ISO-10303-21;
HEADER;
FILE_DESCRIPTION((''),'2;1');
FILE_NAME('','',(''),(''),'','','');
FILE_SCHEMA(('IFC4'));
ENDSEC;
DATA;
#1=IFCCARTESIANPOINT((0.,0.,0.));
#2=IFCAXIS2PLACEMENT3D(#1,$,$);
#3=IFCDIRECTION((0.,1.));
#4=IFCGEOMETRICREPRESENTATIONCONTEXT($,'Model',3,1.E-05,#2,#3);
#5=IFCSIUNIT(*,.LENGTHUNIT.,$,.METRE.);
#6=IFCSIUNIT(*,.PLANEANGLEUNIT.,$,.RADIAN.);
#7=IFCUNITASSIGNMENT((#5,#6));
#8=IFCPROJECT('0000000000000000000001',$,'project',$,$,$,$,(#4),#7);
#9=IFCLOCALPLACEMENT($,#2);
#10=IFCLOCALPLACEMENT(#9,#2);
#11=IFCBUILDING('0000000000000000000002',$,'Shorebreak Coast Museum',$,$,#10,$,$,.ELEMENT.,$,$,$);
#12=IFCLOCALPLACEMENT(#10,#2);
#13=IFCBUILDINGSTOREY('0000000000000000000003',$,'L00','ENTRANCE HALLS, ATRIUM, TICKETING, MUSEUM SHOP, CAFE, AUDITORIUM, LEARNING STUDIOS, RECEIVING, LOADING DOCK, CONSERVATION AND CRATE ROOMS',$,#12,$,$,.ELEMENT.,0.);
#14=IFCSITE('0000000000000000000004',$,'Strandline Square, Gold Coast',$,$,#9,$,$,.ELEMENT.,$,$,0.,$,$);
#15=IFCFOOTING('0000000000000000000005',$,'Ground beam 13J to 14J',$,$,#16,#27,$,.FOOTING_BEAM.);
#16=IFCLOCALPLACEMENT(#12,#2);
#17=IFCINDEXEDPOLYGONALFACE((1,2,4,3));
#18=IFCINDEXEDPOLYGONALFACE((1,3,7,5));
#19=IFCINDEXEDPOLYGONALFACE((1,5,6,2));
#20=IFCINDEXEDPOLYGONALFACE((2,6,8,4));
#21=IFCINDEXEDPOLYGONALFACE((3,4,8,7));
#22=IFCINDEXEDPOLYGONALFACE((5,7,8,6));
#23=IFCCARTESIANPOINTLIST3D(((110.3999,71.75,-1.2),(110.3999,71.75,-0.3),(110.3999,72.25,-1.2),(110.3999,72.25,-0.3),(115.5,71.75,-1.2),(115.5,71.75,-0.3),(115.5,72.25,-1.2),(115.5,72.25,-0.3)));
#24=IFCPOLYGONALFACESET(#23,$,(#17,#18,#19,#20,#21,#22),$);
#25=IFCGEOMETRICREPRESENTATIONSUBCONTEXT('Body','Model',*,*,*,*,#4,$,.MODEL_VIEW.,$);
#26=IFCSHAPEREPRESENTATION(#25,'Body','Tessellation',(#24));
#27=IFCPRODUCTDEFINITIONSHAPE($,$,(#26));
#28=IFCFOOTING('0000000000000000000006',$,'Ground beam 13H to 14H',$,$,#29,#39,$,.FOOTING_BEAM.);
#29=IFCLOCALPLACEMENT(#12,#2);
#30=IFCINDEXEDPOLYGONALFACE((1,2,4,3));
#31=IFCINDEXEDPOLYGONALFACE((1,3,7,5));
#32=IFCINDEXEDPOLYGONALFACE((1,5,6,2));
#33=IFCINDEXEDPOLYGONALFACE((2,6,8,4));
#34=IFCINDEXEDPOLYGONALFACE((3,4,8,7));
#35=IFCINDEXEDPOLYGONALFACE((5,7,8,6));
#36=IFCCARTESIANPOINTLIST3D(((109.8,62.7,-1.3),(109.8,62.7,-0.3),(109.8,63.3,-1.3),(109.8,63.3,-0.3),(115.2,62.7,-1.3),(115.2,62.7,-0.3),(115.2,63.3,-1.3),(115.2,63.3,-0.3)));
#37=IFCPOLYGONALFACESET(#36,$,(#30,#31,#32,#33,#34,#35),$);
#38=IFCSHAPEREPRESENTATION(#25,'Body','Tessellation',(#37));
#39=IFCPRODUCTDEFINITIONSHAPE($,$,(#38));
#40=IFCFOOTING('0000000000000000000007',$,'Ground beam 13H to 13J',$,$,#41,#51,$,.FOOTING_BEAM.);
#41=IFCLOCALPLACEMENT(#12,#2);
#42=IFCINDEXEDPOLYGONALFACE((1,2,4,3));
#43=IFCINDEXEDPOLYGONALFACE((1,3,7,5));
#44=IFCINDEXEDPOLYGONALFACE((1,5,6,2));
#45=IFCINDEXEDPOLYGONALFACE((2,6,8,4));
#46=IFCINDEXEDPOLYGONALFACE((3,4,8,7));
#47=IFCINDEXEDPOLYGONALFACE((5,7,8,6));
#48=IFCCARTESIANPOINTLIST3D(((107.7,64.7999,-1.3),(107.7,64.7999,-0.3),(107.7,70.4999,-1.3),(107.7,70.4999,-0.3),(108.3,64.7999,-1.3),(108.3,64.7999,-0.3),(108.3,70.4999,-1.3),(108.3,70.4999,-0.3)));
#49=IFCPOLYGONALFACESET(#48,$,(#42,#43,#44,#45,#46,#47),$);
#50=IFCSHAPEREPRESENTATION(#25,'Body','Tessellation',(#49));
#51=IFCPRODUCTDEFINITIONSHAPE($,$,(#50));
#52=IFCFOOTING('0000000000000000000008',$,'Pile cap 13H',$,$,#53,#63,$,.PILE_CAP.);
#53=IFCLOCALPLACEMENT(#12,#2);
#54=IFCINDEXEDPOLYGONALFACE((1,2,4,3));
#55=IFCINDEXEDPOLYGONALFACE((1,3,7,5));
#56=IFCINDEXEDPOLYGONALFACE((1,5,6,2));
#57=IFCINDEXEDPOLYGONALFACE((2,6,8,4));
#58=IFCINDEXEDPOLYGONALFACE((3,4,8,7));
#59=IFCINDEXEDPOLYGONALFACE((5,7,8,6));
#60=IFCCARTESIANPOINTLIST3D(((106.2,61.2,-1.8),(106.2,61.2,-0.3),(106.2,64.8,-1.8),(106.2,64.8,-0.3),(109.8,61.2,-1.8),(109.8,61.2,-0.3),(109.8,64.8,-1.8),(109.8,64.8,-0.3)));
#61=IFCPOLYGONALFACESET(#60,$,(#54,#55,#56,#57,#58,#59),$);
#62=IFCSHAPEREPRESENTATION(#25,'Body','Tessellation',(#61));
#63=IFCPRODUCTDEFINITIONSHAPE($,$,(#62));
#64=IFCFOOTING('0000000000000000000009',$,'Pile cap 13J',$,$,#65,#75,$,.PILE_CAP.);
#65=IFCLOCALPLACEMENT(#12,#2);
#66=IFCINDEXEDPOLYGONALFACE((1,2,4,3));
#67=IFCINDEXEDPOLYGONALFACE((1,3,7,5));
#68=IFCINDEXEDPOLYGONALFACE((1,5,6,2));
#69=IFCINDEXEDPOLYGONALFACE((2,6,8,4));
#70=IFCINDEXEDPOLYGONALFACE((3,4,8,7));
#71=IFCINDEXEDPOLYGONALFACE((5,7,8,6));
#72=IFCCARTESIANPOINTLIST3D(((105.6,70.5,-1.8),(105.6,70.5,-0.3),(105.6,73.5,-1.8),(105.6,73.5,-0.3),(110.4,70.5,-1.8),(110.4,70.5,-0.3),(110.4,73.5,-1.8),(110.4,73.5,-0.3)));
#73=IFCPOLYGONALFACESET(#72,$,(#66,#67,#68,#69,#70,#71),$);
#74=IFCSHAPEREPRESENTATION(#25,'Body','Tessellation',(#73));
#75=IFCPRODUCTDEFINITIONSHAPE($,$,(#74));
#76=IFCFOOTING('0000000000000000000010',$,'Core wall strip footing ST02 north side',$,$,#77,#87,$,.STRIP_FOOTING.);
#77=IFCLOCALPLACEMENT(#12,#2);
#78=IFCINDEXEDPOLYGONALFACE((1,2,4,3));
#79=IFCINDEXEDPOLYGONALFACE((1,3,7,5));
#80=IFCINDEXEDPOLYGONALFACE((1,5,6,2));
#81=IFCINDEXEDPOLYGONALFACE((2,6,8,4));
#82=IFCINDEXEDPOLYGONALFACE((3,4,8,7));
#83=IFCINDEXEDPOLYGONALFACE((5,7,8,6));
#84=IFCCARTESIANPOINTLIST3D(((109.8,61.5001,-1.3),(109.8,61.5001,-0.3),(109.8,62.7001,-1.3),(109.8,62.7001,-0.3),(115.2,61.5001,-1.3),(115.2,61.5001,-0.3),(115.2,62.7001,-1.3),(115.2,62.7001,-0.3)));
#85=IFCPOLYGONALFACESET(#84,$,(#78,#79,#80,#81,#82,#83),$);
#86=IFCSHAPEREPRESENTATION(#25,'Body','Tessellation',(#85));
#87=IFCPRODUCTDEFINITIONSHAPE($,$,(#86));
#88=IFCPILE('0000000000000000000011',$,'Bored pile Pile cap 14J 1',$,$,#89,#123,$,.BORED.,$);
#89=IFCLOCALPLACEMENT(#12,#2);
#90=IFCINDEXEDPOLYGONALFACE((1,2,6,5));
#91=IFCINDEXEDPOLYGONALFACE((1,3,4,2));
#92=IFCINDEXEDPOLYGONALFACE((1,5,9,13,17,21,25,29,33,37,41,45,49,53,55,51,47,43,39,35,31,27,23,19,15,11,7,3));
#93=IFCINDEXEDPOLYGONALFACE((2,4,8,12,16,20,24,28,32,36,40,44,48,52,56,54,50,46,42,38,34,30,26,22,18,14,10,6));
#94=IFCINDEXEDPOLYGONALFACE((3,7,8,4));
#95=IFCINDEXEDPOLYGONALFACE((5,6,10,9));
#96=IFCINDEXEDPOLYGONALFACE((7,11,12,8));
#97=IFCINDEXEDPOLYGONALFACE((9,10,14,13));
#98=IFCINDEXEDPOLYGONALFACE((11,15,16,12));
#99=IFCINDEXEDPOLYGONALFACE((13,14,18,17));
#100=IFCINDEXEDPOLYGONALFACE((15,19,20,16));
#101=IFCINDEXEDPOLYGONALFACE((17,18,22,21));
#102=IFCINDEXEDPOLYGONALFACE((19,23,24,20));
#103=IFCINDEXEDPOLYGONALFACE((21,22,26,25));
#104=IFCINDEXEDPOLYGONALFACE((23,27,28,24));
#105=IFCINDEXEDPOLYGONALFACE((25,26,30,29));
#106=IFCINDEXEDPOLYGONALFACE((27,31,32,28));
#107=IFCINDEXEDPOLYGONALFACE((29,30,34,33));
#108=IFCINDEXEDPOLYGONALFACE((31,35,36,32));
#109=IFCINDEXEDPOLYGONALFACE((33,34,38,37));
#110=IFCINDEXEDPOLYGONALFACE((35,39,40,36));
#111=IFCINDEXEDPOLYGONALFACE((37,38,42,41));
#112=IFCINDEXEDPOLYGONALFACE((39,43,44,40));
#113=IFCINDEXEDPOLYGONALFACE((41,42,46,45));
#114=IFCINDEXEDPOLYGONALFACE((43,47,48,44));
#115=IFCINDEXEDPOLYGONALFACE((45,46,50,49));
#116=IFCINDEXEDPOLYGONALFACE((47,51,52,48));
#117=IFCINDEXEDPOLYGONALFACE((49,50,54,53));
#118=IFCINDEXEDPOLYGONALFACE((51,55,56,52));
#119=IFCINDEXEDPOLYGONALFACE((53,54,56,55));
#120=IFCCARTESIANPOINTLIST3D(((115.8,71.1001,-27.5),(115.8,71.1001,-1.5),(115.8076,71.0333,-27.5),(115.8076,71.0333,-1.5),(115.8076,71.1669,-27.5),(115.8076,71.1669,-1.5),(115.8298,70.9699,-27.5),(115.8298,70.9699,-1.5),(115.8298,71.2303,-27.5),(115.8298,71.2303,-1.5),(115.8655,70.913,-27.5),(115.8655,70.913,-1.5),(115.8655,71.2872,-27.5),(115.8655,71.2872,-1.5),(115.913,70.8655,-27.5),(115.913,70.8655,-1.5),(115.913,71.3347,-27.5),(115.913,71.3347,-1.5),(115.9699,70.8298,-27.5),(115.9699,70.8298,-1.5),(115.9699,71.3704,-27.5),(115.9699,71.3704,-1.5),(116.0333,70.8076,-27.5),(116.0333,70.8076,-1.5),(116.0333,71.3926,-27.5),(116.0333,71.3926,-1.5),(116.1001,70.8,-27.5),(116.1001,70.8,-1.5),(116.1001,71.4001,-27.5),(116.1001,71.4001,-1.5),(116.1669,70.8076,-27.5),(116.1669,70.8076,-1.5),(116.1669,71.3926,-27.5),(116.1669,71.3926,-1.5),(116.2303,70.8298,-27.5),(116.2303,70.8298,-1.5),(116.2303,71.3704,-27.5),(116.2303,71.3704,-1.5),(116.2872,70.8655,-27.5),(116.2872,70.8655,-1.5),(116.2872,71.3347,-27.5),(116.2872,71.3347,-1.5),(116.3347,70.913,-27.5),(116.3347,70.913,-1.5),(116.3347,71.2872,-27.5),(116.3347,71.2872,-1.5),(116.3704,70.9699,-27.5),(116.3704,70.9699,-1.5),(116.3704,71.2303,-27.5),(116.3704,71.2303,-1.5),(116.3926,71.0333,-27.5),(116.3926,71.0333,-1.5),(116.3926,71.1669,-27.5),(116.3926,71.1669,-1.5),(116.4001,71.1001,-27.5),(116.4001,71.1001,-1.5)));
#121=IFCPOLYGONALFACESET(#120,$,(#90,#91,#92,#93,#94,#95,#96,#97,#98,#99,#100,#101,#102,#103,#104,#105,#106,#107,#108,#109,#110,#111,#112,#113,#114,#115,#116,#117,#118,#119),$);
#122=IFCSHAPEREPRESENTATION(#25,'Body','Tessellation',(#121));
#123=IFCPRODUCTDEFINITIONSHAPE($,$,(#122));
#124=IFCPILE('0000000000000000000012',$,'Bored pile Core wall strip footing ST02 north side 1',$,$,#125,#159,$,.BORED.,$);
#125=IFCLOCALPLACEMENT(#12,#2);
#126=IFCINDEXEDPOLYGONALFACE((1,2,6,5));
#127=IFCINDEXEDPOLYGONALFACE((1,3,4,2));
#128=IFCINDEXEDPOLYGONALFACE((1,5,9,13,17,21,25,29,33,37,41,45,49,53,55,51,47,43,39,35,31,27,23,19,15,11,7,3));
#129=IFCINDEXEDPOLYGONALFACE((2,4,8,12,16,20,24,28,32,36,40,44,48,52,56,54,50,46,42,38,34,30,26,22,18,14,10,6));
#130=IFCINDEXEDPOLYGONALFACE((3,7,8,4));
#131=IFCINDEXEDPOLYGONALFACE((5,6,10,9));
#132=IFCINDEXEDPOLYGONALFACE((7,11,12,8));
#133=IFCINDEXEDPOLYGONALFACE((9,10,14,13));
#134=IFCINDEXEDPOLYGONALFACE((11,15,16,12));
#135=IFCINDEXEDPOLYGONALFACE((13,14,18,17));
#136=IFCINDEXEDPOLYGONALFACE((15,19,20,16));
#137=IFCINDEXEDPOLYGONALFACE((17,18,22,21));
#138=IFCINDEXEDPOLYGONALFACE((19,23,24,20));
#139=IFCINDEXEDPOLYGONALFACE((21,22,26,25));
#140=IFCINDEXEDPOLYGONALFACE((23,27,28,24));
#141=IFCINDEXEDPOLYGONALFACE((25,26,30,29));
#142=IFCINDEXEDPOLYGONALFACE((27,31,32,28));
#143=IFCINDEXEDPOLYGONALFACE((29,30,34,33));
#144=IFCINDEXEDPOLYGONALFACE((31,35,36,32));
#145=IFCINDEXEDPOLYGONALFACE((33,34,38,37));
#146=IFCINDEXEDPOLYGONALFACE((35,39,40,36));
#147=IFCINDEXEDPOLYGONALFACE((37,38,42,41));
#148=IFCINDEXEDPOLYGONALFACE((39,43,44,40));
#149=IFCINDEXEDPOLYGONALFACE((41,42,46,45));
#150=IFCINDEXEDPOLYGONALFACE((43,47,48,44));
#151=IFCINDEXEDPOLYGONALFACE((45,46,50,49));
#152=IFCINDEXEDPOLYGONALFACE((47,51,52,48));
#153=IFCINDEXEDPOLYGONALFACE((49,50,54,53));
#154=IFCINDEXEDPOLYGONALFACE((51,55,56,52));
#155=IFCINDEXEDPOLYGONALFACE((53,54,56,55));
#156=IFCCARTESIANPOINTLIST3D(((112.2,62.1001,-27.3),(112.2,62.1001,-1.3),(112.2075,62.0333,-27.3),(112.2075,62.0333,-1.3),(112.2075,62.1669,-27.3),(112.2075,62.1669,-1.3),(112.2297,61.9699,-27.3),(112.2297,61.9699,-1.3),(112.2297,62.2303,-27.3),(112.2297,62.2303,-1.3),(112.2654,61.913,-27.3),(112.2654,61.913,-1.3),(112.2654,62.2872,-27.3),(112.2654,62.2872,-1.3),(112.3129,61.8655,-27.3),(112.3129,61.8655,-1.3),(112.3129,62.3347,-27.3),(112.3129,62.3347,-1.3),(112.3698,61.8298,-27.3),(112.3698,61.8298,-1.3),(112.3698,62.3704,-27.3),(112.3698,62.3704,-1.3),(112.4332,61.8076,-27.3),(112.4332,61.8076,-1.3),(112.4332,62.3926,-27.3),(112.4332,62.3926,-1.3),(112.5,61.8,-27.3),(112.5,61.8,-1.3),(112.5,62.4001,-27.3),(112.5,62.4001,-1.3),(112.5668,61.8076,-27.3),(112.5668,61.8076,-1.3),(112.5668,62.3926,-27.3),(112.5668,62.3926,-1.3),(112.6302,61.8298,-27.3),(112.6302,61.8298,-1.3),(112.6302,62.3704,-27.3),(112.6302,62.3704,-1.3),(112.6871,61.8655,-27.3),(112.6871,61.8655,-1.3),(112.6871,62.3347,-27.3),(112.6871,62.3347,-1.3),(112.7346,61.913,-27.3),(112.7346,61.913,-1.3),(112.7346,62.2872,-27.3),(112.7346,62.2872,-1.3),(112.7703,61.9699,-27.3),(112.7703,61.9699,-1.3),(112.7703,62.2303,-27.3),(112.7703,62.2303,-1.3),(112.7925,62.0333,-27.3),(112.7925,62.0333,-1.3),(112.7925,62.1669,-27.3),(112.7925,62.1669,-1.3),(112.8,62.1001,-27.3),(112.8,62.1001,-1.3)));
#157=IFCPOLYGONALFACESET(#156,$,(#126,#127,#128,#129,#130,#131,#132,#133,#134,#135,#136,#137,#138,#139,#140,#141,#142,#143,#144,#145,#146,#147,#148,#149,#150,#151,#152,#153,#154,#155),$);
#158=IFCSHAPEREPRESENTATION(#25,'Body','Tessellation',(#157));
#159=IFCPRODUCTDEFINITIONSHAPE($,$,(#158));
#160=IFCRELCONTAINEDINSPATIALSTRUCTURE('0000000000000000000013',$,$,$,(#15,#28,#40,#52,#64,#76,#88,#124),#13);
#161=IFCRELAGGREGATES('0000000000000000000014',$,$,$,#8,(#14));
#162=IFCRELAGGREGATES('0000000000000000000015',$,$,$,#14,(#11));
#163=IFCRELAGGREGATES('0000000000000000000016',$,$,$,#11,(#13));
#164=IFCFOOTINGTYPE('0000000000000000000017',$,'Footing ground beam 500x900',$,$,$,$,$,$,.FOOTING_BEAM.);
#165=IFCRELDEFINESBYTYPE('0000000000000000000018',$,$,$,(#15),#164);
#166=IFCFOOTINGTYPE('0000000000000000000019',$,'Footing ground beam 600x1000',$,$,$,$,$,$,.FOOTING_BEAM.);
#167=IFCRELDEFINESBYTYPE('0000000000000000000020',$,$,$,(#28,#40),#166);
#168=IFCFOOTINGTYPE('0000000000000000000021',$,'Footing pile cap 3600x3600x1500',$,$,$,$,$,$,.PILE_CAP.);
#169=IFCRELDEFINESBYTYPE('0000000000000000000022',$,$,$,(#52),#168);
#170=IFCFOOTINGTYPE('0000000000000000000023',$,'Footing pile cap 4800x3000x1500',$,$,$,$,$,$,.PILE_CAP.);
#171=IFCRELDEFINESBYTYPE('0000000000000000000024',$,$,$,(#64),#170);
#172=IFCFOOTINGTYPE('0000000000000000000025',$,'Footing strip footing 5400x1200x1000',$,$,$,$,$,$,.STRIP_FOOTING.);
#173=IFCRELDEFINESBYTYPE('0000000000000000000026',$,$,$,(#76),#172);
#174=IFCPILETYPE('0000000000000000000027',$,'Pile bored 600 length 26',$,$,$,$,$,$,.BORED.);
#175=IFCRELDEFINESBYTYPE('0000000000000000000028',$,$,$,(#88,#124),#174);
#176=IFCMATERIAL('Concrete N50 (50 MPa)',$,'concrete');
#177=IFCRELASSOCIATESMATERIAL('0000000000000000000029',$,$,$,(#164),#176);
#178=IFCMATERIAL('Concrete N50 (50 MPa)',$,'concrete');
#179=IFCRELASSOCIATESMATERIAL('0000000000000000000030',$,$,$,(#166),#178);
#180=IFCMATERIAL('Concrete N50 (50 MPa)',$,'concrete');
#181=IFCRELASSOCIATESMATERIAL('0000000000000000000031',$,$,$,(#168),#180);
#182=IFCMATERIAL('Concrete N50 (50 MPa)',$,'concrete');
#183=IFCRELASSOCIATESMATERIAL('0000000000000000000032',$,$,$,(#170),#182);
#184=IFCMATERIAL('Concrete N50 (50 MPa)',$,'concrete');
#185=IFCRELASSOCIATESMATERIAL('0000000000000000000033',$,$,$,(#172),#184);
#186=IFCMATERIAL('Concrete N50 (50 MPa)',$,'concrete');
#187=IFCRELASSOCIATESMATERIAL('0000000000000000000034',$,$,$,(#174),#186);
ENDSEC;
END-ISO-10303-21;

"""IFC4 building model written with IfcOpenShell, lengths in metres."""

from ifc_helpers import new_model, si_unit, direction, frame, origin, origin_2d, place, context, subcontext, project, spatial, rectangle, circle, extrude, material, material_profile, profile_set, type_object, element, save


model = new_model("IFC4")

# Units and contexts
model_context = context("Model", 3, precision=1e-05, world=origin(), true_north=direction((0.0, 1.0)))
body_context = subcontext(model_context, "Body", "Model", "MODEL_VIEW")
ifc_project = project(units=[si_unit("LENGTHUNIT", "METRE"), si_unit("PLANEANGLEUNIT", "RADIAN")], contexts=[model_context])

# Site, building, storey
site_placement = place(None, origin())
site = spatial("IfcSite", under=ifc_project, at=site_placement, Name="Strandline Square, Gold Coast", CompositionType="ELEMENT", RefElevation=0.0)
building_placement = place(site_placement, origin())
building = spatial("IfcBuilding", under=site, at=building_placement, Name="Shorebreak Coast Museum", CompositionType="ELEMENT")
storey_placement = place(building_placement, origin())
storey = spatial("IfcBuildingStorey", under=building, at=storey_placement, Name="L00", Description="ENTRANCE HALLS, ATRIUM, TICKETING, MUSEUM SHOP, CAFE, AUDITORIUM, LEARNING STUDIOS, RECEIVING, LOADING DOCK, CONSERVATION AND CRATE ROOMS", CompositionType="ELEMENT", Elevation=0.0)

# Footings
ifc_material_1 = material(Name="Concrete N50 (50 MPa)", Category="concrete")
footing_type_1 = type_object("IfcFootingType", Name="Footing ground beam 500x900", PredefinedType="FOOTING_BEAM", material=ifc_material_1)
footing_1_placement = place(storey_placement, frame((112.95, 72.0, -1.2), z_axis=(0.0, 0.0, 1.0), x_axis=(1.0, 0.0, 0.0)))
element("IfcFooting", 1, at=footing_1_placement, inside=storey, type_object=footing_type_1, Name="Ground beam 13J to 14J", PredefinedType="FOOTING_BEAM", context=body_context, shape_type="SweptSolid", body=[
    extrude(rectangle(XDim=5.1001, YDim=0.5, at=origin_2d()), origin(), (0.0, 0.0, 1.0), 0.8999),
])
ifc_material_2 = material(Name="Concrete N50 (50 MPa)", Category="concrete")
footing_type_2 = type_object("IfcFootingType", Name="Footing ground beam 600x1000", PredefinedType="FOOTING_BEAM", material=ifc_material_2)
footing_2_placement = place(storey_placement, frame((112.5, 63.0, -1.3), z_axis=(0.0, 0.0, 1.0), x_axis=(1.0, 0.0, 0.0)))
element("IfcFooting", 2, at=footing_2_placement, inside=storey, type_object=footing_type_2, Name="Ground beam 13H to 14H", PredefinedType="FOOTING_BEAM", context=body_context, shape_type="SweptSolid", body=[
    extrude(rectangle(XDim=5.3999, YDim=0.6001, at=origin_2d()), origin(), (0.0, 0.0, 1.0), 1.0),
])
footing_3_placement = place(storey_placement, frame((108.0, 67.6499, -1.3), z_axis=(0.0, 0.0, 1.0), x_axis=(1.0, 0.0, 0.0)))
element("IfcFooting", 3, at=footing_3_placement, inside=storey, type_object=footing_type_2, Name="Ground beam 13H to 13J", PredefinedType="FOOTING_BEAM", context=body_context, shape_type="SweptSolid", body=[
    extrude(rectangle(XDim=0.6001, YDim=5.7, at=origin_2d()), origin(), (0.0, 0.0, 1.0), 1.0),
])
ifc_material_3 = material(Name="Concrete N50 (50 MPa)", Category="concrete")
footing_type_3 = type_object("IfcFootingType", Name="Footing pile cap 3600x3600x1500", PredefinedType="PILE_CAP", material=ifc_material_3)
footing_4_placement = place(storey_placement, frame((108.0, 63.0, -1.8), z_axis=(0.0, 0.0, 1.0), x_axis=(1.0, 0.0, 0.0)))
element("IfcFooting", 4, at=footing_4_placement, inside=storey, type_object=footing_type_3, Name="Pile cap 13H", PredefinedType="PILE_CAP", context=body_context, shape_type="SweptSolid", body=[
    extrude(rectangle(XDim=3.6001, YDim=3.6001, at=origin_2d()), origin(), (0.0, 0.0, 1.0), 1.5),
])
ifc_material_4 = material(Name="Concrete N50 (50 MPa)", Category="concrete")
footing_type_4 = type_object("IfcFootingType", Name="Footing pile cap 4800x3000x1500", PredefinedType="PILE_CAP", material=ifc_material_4)
footing_5_placement = place(storey_placement, frame((108.0, 72.0, -1.8), z_axis=(0.0, 0.0, 1.0), x_axis=(1.0, 0.0, 0.0)))
element("IfcFooting", 5, at=footing_5_placement, inside=storey, type_object=footing_type_4, Name="Pile cap 13J", PredefinedType="PILE_CAP", context=body_context, shape_type="SweptSolid", body=[
    extrude(rectangle(XDim=4.8, YDim=3.0, at=origin_2d()), origin(), (0.0, 0.0, 1.0), 1.5),
])
ifc_material_5 = material(Name="Concrete N50 (50 MPa)", Category="concrete")
footing_type_5 = type_object("IfcFootingType", Name="Footing strip footing 5400x1200x1000", PredefinedType="STRIP_FOOTING", material=ifc_material_5)
footing_6_placement = place(storey_placement, frame((112.5, 62.1001, -1.3), z_axis=(0.0, 0.0, 1.0), x_axis=(1.0, 0.0, 0.0)))
element("IfcFooting", 6, at=footing_6_placement, inside=storey, type_object=footing_type_5, Name="Core wall strip footing ST02 north side", PredefinedType="STRIP_FOOTING", context=body_context, shape_type="SweptSolid", body=[
    extrude(rectangle(XDim=5.3999, YDim=1.2, at=origin_2d()), origin(), (0.0, 0.0, 1.0), 1.0),
])

# Piles
ifc_material_6 = material(Name="Concrete N50 (50 MPa)", Category="concrete")
ifc_material_profile_1 = material_profile(ifc_material_6, circle(Radius=0.3, at=origin_2d()), Name="Pile bored 600 length 26")
ifc_profile_set_1 = profile_set([ifc_material_profile_1], Name="Concrete N50 (50 MPa)")
pile_type_1 = type_object("IfcPileType", Name="Pile bored 600 length 26", PredefinedType="BORED", material=ifc_profile_set_1)
for number, where, z_axis, x_axis, name in (
    (7, (116.1001, 71.1001, -1.5), (0.0, 0.0, -1.0), (1.0, 0.0, 0.0), "Bored pile Pile cap 14J 1"),
    (8, (112.5, 62.1001, -1.3), (0.0, 0.0, -1.0), (1.0, 0.0, 0.0), "Bored pile Core wall strip footing ST02 north side 1"),
):
    element("IfcPile", number, at=place(storey_placement, frame(where, z_axis=z_axis, x_axis=x_axis)), inside=storey, type_object=pile_type_1, Name=name, PredefinedType="BORED", context=body_context, shape_type="SweptSolid", body=[
        extrude(circle(Radius=0.3, at=origin_2d()), origin(), (0.0, 0.0, 1.0), 26.0),
    ])

save(model, "model.ifc")
